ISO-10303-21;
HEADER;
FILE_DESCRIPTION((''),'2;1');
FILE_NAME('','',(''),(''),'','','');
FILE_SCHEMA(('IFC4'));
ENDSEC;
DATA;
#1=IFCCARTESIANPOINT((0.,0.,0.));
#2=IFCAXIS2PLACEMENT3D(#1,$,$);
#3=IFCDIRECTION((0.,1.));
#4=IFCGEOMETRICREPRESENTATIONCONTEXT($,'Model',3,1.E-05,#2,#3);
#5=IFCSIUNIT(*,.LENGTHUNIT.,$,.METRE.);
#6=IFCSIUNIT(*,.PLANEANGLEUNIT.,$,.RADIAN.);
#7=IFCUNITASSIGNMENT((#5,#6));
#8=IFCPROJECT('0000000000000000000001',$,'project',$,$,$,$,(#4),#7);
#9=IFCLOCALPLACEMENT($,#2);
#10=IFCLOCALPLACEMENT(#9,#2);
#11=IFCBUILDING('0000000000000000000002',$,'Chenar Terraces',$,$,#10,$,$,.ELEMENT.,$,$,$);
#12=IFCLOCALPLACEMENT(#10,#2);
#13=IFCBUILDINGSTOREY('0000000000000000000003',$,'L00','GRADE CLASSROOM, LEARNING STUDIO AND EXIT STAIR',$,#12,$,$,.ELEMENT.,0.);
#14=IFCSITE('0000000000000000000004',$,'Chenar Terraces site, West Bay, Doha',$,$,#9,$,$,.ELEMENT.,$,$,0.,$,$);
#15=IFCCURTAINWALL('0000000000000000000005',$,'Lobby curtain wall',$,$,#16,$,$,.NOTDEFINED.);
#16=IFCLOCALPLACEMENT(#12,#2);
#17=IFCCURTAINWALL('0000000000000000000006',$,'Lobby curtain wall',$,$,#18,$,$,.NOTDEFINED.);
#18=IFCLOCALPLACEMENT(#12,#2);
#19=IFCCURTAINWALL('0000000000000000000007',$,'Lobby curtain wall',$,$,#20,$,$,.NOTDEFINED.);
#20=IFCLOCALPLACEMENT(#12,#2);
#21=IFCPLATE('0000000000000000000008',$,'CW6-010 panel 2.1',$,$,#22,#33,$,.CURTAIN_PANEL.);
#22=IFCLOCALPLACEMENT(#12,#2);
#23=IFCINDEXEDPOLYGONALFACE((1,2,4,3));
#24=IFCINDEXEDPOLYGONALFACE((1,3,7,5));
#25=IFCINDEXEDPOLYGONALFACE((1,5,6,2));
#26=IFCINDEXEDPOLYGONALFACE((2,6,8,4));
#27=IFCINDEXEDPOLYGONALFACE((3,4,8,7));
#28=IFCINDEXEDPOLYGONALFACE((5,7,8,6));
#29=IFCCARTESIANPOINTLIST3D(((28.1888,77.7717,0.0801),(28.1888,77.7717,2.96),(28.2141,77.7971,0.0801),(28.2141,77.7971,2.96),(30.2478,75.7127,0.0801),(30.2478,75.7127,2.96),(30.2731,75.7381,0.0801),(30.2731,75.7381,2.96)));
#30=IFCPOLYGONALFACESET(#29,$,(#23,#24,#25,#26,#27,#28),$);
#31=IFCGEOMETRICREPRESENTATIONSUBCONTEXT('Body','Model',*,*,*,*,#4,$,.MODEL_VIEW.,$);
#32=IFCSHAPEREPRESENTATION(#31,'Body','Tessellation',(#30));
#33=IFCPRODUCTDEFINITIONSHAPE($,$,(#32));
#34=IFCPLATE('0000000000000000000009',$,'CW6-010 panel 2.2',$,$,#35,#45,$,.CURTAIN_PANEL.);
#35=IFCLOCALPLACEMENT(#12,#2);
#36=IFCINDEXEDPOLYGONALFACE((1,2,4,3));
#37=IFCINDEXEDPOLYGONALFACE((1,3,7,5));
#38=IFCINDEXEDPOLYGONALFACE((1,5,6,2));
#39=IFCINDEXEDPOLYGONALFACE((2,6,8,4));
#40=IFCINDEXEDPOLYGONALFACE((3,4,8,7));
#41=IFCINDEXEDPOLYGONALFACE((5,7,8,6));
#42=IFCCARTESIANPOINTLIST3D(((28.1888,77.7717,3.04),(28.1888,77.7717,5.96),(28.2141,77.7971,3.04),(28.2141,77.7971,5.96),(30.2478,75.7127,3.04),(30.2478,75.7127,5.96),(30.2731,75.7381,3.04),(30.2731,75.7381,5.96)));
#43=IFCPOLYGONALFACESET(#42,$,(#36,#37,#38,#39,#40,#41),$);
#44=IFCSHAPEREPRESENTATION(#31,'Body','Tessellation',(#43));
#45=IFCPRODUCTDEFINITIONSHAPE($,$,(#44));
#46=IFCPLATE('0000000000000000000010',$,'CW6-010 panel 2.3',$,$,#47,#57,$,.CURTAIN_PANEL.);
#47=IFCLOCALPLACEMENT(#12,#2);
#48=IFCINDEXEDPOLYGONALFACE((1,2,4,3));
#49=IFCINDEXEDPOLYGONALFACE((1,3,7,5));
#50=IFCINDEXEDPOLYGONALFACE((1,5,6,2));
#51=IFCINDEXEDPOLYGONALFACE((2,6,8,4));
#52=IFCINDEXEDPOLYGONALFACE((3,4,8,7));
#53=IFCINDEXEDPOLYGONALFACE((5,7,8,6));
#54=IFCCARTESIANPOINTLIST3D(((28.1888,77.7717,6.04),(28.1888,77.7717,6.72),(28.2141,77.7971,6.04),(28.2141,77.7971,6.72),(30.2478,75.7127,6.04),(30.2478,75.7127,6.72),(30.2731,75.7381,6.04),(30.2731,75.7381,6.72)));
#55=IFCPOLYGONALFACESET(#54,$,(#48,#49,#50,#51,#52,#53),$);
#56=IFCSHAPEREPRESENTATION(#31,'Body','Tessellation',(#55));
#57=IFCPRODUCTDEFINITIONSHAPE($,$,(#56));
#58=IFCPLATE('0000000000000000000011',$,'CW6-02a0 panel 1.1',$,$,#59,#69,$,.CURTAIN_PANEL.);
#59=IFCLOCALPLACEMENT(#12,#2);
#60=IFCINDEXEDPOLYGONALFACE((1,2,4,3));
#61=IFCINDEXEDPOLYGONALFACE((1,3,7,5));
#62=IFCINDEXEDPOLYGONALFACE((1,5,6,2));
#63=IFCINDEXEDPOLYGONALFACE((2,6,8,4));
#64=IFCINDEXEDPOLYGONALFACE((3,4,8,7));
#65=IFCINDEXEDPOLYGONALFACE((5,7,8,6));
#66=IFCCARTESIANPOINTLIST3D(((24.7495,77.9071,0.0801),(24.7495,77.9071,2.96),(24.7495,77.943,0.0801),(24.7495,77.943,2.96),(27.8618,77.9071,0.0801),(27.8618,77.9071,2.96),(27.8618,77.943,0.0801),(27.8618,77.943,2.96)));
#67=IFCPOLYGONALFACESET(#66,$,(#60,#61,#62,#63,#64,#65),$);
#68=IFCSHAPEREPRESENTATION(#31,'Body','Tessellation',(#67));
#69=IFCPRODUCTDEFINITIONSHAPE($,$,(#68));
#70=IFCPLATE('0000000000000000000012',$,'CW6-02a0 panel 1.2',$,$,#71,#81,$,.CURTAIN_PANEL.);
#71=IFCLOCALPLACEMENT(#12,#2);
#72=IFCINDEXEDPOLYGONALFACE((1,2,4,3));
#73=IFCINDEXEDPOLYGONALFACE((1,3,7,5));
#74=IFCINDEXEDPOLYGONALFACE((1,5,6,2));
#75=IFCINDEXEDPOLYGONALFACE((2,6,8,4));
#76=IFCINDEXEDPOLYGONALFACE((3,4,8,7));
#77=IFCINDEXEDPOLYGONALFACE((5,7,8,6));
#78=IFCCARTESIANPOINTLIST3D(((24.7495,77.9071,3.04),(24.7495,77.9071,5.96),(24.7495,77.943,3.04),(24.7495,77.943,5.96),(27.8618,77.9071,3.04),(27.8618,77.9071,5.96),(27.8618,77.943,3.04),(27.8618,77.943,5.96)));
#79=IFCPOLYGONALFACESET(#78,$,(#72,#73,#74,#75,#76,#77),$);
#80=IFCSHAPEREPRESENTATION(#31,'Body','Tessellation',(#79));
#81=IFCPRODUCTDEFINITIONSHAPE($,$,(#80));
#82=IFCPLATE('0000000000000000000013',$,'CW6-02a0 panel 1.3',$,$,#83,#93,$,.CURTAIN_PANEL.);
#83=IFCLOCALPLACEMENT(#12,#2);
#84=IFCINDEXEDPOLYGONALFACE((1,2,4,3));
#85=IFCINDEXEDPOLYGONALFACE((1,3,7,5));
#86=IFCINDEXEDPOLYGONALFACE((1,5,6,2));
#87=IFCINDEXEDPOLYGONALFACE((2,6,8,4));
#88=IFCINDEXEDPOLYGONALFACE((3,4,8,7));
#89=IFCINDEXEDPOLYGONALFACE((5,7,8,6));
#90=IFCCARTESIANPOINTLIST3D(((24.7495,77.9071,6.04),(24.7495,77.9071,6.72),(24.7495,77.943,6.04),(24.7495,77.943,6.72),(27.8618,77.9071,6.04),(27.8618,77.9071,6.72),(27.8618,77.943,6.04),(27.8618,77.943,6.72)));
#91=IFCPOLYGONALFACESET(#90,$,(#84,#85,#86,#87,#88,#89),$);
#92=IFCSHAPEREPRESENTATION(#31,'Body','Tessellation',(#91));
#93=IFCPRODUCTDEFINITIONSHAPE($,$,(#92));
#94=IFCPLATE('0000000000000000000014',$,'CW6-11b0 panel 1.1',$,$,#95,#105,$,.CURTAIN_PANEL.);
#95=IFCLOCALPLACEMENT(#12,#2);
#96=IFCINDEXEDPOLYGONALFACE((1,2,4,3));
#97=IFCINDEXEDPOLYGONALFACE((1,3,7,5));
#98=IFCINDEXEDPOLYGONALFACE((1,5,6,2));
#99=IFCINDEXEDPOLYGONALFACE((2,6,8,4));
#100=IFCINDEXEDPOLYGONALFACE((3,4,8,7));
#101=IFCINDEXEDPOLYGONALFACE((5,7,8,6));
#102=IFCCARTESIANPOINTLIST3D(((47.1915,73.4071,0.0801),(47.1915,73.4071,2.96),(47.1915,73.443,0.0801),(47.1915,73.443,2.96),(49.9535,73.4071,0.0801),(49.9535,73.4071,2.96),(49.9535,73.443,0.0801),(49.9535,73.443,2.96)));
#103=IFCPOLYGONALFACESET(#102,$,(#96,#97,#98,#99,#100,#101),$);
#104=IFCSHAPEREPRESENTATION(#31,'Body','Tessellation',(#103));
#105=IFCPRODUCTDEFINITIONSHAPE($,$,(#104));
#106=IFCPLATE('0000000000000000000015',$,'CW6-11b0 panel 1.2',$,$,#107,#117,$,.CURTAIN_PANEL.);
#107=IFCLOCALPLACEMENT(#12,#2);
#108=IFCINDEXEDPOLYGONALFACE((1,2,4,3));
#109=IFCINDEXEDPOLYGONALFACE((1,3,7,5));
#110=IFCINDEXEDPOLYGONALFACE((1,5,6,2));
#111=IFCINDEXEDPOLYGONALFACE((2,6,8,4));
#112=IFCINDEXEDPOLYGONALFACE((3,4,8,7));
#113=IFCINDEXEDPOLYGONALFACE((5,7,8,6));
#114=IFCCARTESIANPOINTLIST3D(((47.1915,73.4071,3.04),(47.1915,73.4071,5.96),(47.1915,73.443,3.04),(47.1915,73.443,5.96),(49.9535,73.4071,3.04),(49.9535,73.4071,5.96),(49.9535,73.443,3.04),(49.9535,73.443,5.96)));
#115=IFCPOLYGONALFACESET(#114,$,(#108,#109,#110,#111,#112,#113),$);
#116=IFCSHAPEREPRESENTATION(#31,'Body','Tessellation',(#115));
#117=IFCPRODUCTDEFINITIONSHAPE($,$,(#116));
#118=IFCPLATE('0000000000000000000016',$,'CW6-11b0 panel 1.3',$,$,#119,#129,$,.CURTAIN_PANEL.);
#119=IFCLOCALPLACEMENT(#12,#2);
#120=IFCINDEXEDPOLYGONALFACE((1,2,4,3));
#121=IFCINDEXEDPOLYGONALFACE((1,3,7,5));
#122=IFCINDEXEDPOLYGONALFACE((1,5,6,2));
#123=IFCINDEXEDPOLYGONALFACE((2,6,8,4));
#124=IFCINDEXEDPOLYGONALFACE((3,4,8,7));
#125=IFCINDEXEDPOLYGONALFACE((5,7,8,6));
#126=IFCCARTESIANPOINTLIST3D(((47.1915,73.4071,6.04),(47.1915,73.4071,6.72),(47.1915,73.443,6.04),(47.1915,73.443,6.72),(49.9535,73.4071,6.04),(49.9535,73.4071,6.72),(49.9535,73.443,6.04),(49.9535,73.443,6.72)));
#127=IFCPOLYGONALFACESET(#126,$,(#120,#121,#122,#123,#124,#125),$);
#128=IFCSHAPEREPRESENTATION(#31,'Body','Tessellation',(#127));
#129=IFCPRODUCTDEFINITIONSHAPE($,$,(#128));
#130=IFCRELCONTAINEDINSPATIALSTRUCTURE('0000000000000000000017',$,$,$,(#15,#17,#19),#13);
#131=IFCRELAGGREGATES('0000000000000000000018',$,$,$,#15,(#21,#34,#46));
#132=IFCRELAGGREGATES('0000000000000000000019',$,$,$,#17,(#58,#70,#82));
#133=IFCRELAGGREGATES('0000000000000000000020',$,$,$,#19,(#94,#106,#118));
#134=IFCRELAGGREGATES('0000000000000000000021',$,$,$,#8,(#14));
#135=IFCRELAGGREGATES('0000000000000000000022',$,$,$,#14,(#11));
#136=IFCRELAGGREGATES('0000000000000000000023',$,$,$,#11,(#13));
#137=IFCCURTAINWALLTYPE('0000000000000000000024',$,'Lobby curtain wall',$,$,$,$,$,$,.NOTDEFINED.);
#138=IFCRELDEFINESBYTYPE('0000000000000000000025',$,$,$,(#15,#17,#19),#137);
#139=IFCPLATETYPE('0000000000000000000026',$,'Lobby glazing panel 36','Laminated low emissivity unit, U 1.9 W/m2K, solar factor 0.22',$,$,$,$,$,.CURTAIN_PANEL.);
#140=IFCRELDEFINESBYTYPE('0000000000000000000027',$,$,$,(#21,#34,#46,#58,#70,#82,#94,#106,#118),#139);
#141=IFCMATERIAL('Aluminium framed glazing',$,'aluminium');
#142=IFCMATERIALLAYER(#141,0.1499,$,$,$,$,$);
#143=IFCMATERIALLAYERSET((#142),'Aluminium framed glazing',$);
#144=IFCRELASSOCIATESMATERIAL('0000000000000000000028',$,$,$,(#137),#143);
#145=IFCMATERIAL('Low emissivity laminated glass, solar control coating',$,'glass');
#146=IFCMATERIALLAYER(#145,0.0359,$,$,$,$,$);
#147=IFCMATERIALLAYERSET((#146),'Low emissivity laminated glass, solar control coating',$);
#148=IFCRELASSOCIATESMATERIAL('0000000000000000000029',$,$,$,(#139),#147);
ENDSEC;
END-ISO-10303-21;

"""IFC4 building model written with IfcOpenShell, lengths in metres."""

from ifc_helpers import new_model, si_unit, direction, frame, origin, origin_2d, place, context, subcontext, project, spatial, rectangle, extrude, material, layer, layer_set, type_object, element, aggregate, save


model = new_model("IFC4")

# Units and contexts
model_context = context("Model", 3, precision=1e-05, world=origin(), true_north=direction((0.0, 1.0)))
body_context = subcontext(model_context, "Body", "Model", "MODEL_VIEW")
ifc_project = project(units=[si_unit("LENGTHUNIT", "METRE"), si_unit("PLANEANGLEUNIT", "RADIAN")], contexts=[model_context])

# Site, building, storey
site_placement = place(None, origin())
site = spatial("IfcSite", under=ifc_project, at=site_placement, Name="Chenar Terraces site, West Bay, Doha", CompositionType="ELEMENT", RefElevation=0.0)
building_placement = place(site_placement, origin())
building = spatial("IfcBuilding", under=site, at=building_placement, Name="Chenar Terraces", CompositionType="ELEMENT")
storey_placement = place(building_placement, origin())
storey = spatial("IfcBuildingStorey", under=building, at=storey_placement, Name="L00", Description="GRADE CLASSROOM, LEARNING STUDIO AND EXIT STAIR", CompositionType="ELEMENT", Elevation=0.0)

# Curtain walls
ifc_material_1 = material(Name="Aluminium framed glazing", Category="aluminium")
ifc_layer_1 = layer(ifc_material_1, 0.1499)
ifc_layer_set_1 = layer_set([ifc_layer_1], Name="Aluminium framed glazing")
curtain_wall_type = type_object("IfcCurtainWallType", Name="Lobby curtain wall", PredefinedType="NOTDEFINED", material=ifc_layer_set_1)
placement = place(storey_placement, origin())
curtain_wall_1 = element("IfcCurtainWall", 1, at=placement, inside=storey, type_object=curtain_wall_type, Name="Lobby curtain wall", PredefinedType="NOTDEFINED")
curtain_wall_2 = element("IfcCurtainWall", 2, at=placement, inside=storey, type_object=curtain_wall_type, Name="Lobby curtain wall", PredefinedType="NOTDEFINED")

# Curtain wall
curtain_wall_3 = element("IfcCurtainWall", 3, at=placement, inside=storey, type_object=curtain_wall_type, Name="Lobby curtain wall", PredefinedType="NOTDEFINED")

# Plates
ifc_material_2 = material(Name="Low emissivity laminated glass, solar control coating", Category="glass")
ifc_layer_2 = layer(ifc_material_2, 0.0359)
ifc_layer_set_2 = layer_set([ifc_layer_2], Name="Low emissivity laminated glass, solar control coating")
plate_type = type_object("IfcPlateType", Name="Lobby glazing panel 36", Description="Laminated low emissivity unit, U 1.9 W/m2K, solar factor 0.22", PredefinedType="CURTAIN_PANEL", material=ifc_layer_set_2)
plate_1_placement = place(storey_placement, frame((29.231, 76.7549, 0.0801), z_axis=(0.0, 0.0, 1.0), x_axis=(-0.707107, 0.707107, 0.0)))
plate_1 = element("IfcPlate", 4, at=plate_1_placement, type_object=plate_type, Name="CW6-010 panel 2.1", PredefinedType="CURTAIN_PANEL", context=body_context, shape_type="SweptSolid", body=[
    extrude(rectangle(XDim=2.9119, YDim=0.0359, at=origin_2d()), origin(), (0.0, 0.0, 1.0), 2.8799),
])
plate_2_placement = place(storey_placement, frame((29.231, 76.7549, 3.04), z_axis=(0.0, 0.0, 1.0), x_axis=(-0.707107, 0.707107, 0.0)))
plate_2 = element("IfcPlate", 5, at=plate_2_placement, type_object=plate_type, Name="CW6-010 panel 2.2", PredefinedType="CURTAIN_PANEL", context=body_context, shape_type="SweptSolid", body=[
    extrude(rectangle(XDim=2.9119, YDim=0.0359, at=origin_2d()), origin(), (0.0, 0.0, 1.0), 2.9199),
])
plate_3_placement = place(storey_placement, frame((29.231, 76.7549, 6.04), z_axis=(0.0, 0.0, 1.0), x_axis=(-0.707107, 0.707107, 0.0)))
plate_3 = element("IfcPlate", 6, at=plate_3_placement, type_object=plate_type, Name="CW6-010 panel 2.3", PredefinedType="CURTAIN_PANEL", context=body_context, shape_type="SweptSolid", body=[
    extrude(rectangle(XDim=2.9119, YDim=0.0359, at=origin_2d()), origin(), (0.0, 0.0, 1.0), 0.6799),
])
aggregate(curtain_wall_1, [plate_1, plate_2, plate_3])
plate_4_placement = place(storey_placement, frame((26.3057, 77.925, 0.0801), z_axis=(0.0, 0.0, 1.0), x_axis=(-1.0, 0.0, 0.0)))
plate_4 = element("IfcPlate", 7, at=plate_4_placement, type_object=plate_type, Name="CW6-02a0 panel 1.1", PredefinedType="CURTAIN_PANEL", context=body_context, shape_type="SweptSolid", body=[
    extrude(rectangle(XDim=3.1123, YDim=0.0359, at=origin_2d()), origin(), (0.0, 0.0, 1.0), 2.8799),
])
plate_5_placement = place(storey_placement, frame((26.3057, 77.925, 3.04), z_axis=(0.0, 0.0, 1.0), x_axis=(-1.0, 0.0, 0.0)))
plate_5 = element("IfcPlate", 8, at=plate_5_placement, type_object=plate_type, Name="CW6-02a0 panel 1.2", PredefinedType="CURTAIN_PANEL", context=body_context, shape_type="SweptSolid", body=[
    extrude(rectangle(XDim=3.1123, YDim=0.0359, at=origin_2d()), origin(), (0.0, 0.0, 1.0), 2.9199),
])
plate_6_placement = place(storey_placement, frame((26.3057, 77.925, 6.04), z_axis=(0.0, 0.0, 1.0), x_axis=(-1.0, 0.0, 0.0)))
plate_6 = element("IfcPlate", 9, at=plate_6_placement, type_object=plate_type, Name="CW6-02a0 panel 1.3", PredefinedType="CURTAIN_PANEL", context=body_context, shape_type="SweptSolid", body=[
    extrude(rectangle(XDim=3.1123, YDim=0.0359, at=origin_2d()), origin(), (0.0, 0.0, 1.0), 0.6799),
])
aggregate(curtain_wall_2, [plate_4, plate_5, plate_6])
plate_7_placement = place(storey_placement, frame((48.5725, 73.425, 0.0801), z_axis=(0.0, 0.0, 1.0), x_axis=(-1.0, 0.0, 0.0)))
plate_7 = element("IfcPlate", 10, at=plate_7_placement, type_object=plate_type, Name="CW6-11b0 panel 1.1", PredefinedType="CURTAIN_PANEL", context=body_context, shape_type="SweptSolid", body=[
    extrude(rectangle(XDim=2.762, YDim=0.0359, at=origin_2d()), origin(), (0.0, 0.0, 1.0), 2.8799),
])
plate_8_placement = place(storey_placement, frame((48.5725, 73.425, 3.04), z_axis=(0.0, 0.0, 1.0), x_axis=(-1.0, 0.0, 0.0)))
plate_8 = element("IfcPlate", 11, at=plate_8_placement, type_object=plate_type, Name="CW6-11b0 panel 1.2", PredefinedType="CURTAIN_PANEL", context=body_context, shape_type="SweptSolid", body=[
    extrude(rectangle(XDim=2.762, YDim=0.0359, at=origin_2d()), origin(), (0.0, 0.0, 1.0), 2.9199),
])
plate_9_placement = place(storey_placement, frame((48.5725, 73.425, 6.04), z_axis=(0.0, 0.0, 1.0), x_axis=(-1.0, 0.0, 0.0)))
plate_9 = element("IfcPlate", 12, at=plate_9_placement, type_object=plate_type, Name="CW6-11b0 panel 1.3", PredefinedType="CURTAIN_PANEL", context=body_context, shape_type="SweptSolid", body=[
    extrude(rectangle(XDim=2.762, YDim=0.0359, at=origin_2d()), origin(), (0.0, 0.0, 1.0), 0.6799),
])
aggregate(curtain_wall_3, [plate_7, plate_8, plate_9])

save(model, "model.ifc")
